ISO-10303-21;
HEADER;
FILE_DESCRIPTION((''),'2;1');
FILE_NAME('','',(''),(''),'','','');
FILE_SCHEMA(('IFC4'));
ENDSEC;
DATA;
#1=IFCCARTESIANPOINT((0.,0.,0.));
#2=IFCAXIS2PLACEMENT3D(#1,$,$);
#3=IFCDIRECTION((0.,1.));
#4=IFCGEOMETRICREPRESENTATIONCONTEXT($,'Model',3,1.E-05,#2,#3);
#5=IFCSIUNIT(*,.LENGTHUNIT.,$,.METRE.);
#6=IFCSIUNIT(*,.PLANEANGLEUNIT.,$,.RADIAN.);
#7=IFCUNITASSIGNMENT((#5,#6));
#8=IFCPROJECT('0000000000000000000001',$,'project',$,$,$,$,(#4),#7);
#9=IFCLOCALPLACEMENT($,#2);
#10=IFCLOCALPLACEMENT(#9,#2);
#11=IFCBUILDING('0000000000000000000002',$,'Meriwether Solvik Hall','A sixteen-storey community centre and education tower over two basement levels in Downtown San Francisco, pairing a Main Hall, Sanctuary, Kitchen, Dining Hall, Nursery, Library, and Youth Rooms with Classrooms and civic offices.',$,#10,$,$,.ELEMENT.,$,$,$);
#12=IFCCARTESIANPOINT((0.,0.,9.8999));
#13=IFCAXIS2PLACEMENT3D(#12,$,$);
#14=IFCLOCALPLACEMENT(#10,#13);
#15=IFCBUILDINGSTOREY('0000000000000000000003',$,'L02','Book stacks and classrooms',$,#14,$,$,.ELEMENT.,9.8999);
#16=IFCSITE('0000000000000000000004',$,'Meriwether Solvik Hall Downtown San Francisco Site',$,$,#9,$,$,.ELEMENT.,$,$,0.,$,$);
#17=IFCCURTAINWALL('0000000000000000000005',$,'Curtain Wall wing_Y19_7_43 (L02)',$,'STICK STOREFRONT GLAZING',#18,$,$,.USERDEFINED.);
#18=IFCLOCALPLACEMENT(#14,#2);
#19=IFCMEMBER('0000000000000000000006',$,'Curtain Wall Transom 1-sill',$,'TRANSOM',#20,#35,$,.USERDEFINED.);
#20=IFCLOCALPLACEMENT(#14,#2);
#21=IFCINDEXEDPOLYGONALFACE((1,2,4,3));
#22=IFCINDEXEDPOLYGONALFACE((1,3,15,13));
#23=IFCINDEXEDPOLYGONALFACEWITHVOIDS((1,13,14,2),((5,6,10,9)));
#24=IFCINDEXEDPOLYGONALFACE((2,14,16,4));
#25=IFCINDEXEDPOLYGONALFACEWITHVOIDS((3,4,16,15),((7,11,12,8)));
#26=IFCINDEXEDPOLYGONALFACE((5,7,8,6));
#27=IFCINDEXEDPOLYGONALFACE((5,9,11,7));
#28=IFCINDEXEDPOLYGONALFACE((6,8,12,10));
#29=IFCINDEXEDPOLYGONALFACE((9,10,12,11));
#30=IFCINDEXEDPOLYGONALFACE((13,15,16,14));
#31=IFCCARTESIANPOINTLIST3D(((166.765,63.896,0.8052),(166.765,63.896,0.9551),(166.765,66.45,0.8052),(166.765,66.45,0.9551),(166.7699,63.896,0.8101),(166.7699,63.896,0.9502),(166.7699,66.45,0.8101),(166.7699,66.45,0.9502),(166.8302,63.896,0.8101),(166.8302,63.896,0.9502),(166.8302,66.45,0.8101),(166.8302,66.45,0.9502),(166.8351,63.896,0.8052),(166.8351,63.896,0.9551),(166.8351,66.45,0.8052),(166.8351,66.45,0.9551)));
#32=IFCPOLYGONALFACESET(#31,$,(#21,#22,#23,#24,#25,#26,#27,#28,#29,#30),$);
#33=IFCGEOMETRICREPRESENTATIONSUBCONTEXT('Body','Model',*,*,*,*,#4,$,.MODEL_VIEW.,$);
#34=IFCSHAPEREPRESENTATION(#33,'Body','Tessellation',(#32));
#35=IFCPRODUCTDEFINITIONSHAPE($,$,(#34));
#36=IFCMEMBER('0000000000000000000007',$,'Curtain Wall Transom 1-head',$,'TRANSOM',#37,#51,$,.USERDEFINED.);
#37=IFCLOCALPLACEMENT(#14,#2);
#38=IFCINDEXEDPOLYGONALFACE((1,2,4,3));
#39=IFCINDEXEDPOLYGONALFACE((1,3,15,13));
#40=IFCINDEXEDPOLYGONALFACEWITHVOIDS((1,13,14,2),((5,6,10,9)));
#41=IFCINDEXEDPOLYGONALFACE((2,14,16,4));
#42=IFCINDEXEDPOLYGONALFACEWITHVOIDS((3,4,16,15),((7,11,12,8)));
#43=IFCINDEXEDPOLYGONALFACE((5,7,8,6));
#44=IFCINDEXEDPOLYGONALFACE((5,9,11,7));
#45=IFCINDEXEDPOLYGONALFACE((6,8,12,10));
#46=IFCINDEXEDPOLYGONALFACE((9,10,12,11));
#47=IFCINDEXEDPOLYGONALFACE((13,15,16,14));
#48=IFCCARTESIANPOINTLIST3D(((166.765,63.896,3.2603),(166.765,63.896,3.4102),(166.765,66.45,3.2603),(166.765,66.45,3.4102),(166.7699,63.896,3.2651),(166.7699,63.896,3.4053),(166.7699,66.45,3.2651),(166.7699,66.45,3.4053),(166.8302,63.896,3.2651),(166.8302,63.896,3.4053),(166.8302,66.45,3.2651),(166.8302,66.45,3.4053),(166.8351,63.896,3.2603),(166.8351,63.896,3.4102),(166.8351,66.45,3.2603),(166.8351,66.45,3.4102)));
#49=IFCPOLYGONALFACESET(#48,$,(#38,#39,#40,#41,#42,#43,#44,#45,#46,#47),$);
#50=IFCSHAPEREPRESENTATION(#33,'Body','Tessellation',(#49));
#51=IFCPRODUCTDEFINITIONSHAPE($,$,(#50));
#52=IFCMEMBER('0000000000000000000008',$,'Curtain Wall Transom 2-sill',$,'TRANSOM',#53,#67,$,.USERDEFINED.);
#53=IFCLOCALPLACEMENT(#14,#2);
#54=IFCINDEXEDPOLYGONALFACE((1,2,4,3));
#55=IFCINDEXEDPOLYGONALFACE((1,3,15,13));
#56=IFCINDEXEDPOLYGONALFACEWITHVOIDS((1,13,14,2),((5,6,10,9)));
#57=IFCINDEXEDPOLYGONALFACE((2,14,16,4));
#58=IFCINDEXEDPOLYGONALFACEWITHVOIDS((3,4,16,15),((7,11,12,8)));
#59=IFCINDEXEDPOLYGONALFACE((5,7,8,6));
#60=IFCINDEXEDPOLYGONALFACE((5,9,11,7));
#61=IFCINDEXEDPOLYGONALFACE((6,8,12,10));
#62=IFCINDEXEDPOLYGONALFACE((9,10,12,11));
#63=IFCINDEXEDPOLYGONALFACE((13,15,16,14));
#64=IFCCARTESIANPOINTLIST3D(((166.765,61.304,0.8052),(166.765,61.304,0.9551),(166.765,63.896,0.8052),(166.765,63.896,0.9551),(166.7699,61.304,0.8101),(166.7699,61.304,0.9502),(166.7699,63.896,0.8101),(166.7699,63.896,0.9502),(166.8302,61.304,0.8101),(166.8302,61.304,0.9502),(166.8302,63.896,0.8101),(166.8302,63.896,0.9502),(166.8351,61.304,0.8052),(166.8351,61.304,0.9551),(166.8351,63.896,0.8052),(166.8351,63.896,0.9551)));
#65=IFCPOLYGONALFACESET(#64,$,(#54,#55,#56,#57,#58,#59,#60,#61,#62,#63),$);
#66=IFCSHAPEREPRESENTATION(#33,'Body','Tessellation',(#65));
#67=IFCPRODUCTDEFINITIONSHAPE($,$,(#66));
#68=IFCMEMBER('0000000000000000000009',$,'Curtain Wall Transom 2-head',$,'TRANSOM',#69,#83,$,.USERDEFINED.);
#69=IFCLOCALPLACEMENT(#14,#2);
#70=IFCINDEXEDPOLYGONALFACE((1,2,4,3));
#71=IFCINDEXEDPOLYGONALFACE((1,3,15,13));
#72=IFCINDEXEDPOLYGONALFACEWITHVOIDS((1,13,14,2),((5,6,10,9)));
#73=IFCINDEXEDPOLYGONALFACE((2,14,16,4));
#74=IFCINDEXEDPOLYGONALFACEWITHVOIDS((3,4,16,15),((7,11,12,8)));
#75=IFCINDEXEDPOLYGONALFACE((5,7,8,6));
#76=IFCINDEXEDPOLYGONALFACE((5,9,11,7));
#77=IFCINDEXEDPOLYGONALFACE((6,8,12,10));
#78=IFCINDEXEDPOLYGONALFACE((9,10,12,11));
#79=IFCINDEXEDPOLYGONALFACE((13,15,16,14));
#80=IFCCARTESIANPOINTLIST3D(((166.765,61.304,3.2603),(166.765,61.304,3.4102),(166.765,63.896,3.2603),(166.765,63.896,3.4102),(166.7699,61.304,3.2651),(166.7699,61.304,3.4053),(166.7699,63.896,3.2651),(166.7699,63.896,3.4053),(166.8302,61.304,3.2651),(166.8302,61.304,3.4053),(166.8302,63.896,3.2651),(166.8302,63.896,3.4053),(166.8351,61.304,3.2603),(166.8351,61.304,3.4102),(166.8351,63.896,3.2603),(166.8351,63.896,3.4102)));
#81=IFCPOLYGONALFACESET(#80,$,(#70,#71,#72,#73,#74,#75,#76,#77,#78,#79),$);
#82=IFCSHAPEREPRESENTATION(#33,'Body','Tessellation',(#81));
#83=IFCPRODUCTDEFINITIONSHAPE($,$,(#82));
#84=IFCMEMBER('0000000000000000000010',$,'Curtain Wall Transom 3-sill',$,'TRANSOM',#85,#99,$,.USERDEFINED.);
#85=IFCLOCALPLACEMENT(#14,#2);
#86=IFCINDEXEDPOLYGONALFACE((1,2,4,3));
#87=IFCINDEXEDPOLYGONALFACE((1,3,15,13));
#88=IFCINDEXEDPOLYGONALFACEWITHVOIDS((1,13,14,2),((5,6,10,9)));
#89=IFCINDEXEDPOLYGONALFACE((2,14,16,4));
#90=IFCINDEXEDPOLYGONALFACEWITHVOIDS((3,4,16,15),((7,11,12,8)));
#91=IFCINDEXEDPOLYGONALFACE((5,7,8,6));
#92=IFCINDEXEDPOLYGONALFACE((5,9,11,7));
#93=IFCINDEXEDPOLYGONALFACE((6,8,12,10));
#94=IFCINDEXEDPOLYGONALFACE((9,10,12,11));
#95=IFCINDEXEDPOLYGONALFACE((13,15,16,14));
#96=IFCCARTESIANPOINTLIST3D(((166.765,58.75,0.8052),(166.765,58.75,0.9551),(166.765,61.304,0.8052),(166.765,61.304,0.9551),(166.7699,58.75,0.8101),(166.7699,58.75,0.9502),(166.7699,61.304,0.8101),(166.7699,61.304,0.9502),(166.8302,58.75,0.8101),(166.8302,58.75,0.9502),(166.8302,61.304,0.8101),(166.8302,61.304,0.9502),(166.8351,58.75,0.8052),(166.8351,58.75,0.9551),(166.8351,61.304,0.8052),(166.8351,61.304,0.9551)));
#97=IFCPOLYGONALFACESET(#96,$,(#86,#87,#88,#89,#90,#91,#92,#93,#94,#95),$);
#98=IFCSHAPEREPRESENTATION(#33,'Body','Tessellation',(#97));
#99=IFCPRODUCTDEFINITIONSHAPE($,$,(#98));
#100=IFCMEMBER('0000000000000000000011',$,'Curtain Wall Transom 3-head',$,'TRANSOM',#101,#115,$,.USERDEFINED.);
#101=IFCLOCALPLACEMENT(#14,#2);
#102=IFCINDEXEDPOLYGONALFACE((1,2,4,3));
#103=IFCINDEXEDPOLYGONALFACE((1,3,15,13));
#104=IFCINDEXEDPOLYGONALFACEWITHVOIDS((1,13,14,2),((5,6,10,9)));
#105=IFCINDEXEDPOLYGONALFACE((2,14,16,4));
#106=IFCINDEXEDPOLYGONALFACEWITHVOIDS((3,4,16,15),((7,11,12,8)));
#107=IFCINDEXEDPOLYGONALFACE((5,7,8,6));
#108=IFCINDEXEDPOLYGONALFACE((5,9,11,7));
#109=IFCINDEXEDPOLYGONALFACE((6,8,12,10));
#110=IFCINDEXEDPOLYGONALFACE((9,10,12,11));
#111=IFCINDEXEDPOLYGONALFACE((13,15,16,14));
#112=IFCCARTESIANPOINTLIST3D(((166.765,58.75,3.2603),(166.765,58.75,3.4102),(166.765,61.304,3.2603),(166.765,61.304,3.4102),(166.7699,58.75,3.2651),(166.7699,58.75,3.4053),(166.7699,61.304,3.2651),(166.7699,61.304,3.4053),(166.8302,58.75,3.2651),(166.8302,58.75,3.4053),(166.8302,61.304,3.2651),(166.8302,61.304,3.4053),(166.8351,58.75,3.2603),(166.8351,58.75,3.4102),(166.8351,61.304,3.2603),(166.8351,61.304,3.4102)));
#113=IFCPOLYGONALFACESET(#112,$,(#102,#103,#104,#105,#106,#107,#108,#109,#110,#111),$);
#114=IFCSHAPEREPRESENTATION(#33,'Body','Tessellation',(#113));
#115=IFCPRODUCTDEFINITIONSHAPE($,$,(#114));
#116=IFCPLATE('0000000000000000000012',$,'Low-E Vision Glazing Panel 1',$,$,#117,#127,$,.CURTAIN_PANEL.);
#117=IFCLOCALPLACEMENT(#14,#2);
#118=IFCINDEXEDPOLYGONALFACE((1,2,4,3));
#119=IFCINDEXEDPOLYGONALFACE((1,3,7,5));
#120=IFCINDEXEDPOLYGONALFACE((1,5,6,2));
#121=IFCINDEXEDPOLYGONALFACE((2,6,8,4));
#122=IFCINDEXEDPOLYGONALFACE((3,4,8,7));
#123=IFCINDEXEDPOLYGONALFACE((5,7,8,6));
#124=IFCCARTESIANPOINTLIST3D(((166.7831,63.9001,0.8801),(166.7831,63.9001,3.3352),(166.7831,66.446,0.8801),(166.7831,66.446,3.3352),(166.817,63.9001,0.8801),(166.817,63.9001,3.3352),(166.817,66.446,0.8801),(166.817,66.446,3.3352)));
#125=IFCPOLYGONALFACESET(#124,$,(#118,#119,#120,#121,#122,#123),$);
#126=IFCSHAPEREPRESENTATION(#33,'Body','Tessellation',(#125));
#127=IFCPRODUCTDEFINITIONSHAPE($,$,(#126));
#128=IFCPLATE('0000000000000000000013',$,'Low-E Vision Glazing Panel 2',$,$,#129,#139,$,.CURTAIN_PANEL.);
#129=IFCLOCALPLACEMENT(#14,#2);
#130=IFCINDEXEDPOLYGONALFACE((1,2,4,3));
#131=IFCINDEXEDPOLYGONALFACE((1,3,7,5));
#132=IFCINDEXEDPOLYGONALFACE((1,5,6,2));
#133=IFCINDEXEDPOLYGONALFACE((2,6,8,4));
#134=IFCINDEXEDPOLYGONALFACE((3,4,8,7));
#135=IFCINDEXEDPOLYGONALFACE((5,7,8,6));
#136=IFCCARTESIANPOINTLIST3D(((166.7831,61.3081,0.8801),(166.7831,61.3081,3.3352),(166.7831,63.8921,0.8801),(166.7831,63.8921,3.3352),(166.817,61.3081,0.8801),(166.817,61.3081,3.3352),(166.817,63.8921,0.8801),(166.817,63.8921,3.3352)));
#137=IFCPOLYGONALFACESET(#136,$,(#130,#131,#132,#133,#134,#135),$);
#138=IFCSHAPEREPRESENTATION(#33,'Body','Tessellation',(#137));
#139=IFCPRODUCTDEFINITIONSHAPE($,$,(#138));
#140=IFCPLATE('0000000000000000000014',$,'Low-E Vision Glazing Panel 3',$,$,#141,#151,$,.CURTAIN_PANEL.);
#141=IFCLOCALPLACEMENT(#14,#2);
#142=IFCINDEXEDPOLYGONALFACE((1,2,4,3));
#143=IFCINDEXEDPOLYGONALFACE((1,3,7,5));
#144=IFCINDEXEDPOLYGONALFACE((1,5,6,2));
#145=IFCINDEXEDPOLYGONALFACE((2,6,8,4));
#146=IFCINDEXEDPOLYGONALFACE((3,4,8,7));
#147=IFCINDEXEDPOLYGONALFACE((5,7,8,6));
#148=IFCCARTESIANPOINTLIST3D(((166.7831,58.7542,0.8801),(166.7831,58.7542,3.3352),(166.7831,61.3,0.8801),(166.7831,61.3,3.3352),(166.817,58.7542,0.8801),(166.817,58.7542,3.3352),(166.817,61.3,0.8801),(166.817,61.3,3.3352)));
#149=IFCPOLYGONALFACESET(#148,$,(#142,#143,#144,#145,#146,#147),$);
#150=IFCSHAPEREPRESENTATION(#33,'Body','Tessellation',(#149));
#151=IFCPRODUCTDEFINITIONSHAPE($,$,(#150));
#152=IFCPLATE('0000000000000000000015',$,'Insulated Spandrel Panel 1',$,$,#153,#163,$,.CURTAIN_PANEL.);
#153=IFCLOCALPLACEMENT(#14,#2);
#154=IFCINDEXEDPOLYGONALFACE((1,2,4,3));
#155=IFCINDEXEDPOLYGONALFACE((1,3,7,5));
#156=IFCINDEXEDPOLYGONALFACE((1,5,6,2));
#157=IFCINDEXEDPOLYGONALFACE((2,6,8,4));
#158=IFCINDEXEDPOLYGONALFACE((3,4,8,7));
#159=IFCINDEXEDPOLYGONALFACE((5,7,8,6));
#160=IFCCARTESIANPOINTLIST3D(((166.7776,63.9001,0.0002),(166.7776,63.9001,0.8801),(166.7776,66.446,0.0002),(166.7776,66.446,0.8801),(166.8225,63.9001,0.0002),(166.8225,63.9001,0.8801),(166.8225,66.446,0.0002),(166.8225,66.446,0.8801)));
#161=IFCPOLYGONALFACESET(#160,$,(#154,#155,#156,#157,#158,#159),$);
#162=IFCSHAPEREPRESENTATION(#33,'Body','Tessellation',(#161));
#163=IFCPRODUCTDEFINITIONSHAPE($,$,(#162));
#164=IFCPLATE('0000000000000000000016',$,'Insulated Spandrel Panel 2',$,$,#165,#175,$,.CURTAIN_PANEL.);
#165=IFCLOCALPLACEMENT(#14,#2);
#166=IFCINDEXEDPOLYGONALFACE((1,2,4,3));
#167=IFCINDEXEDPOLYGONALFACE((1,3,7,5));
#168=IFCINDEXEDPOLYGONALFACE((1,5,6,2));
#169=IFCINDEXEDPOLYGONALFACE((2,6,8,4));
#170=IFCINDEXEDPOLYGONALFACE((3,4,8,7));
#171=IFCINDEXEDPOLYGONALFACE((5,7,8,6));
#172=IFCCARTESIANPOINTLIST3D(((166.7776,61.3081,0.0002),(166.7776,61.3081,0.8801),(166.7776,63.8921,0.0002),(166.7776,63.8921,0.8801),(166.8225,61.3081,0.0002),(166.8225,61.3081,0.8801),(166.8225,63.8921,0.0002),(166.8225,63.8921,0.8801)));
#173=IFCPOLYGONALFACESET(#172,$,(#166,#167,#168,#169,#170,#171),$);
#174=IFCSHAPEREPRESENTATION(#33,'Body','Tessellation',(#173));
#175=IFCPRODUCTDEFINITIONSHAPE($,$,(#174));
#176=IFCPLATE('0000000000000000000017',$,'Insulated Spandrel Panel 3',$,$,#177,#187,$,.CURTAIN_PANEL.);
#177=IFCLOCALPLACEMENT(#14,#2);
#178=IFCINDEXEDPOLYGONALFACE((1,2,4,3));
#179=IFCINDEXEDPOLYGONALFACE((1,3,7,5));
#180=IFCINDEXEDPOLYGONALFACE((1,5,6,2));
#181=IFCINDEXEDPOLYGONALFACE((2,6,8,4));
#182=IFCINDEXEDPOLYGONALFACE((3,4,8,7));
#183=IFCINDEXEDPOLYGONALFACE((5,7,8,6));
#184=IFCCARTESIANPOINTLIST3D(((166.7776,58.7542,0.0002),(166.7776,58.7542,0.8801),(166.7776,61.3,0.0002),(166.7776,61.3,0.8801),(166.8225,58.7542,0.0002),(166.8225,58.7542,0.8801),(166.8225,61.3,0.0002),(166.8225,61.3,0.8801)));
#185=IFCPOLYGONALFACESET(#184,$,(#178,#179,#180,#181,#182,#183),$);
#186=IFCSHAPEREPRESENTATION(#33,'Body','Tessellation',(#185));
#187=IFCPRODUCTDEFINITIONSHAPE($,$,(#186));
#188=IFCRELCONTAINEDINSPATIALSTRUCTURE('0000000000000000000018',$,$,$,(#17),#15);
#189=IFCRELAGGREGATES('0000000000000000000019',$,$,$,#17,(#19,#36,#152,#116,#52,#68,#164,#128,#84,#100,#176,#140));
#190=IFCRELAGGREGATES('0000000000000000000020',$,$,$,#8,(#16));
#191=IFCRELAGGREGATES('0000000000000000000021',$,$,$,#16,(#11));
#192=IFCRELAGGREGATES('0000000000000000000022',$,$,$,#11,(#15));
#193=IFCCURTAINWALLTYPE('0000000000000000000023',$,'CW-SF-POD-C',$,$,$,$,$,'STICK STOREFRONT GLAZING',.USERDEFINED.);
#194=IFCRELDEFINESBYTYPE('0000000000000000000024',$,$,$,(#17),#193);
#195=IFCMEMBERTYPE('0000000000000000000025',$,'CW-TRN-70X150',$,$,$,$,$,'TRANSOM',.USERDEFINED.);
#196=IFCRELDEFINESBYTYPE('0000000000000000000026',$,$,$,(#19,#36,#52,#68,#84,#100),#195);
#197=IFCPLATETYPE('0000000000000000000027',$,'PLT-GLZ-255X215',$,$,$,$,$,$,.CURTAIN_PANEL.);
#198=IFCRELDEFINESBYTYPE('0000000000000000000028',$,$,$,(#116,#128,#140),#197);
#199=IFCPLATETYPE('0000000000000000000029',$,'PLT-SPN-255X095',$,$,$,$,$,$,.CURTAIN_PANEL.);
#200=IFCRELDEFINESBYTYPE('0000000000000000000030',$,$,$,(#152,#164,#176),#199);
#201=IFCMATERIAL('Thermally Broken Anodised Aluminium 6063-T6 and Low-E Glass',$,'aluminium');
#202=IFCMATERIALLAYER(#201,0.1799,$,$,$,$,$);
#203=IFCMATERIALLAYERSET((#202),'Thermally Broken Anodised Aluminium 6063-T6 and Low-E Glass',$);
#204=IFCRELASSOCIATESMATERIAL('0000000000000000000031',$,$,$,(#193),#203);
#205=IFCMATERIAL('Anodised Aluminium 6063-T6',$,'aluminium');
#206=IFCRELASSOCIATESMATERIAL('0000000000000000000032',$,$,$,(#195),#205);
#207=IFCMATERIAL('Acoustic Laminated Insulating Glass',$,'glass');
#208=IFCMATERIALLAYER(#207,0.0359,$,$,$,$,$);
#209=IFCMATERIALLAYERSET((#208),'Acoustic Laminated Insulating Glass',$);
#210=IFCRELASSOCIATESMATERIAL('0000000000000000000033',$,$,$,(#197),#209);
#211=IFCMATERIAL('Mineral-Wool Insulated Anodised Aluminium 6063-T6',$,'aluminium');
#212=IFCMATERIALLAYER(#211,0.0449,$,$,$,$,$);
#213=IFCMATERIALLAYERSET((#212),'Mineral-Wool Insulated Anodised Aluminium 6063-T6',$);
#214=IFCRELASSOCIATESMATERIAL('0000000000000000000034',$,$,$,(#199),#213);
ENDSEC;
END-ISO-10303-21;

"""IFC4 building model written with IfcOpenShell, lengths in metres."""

from ifc_helpers import new_model, si_unit, direction, frame, origin, origin_2d, place, context, subcontext, project, spatial, rectangle, hollow_rectangle, extrude, material, layer, layer_set, material_profile, profile_set, type_object, element, aggregate, save


model = new_model("IFC4")

# Units and contexts
model_context = context("Model", 3, precision=1e-05, world=origin(), true_north=direction((0.0, 1.0)))
body_context = subcontext(model_context, "Body", "Model", "MODEL_VIEW")
ifc_project = project(units=[si_unit("LENGTHUNIT", "METRE"), si_unit("PLANEANGLEUNIT", "RADIAN")], contexts=[model_context])

# Site, building, storey
site_placement = place(None, origin())
site = spatial("IfcSite", under=ifc_project, at=site_placement, Name="Meriwether Solvik Hall Downtown San Francisco Site", CompositionType="ELEMENT", RefElevation=0.0)
building_placement = place(site_placement, origin())
building = spatial("IfcBuilding", under=site, at=building_placement, Name="Meriwether Solvik Hall", Description="A sixteen-storey community centre and education tower over two basement levels in Downtown San Francisco, pairing a Main Hall, Sanctuary, Kitchen, Dining Hall, Nursery, Library, and Youth Rooms with Classrooms and civic offices.", CompositionType="ELEMENT")
storey_placement = place(building_placement, frame((0.0, 0.0, 9.8999)))
storey = spatial("IfcBuildingStorey", under=building, at=storey_placement, Name="L02", Description="Book stacks and classrooms", CompositionType="ELEMENT", Elevation=9.8999)

# Curtain wall, members, plates
ifc_material_1 = material(Name="Thermally Broken Anodised Aluminium 6063-T6 and Low-E Glass", Category="aluminium")
ifc_layer_1 = layer(ifc_material_1, 0.1799)
ifc_layer_set_1 = layer_set([ifc_layer_1], Name="Thermally Broken Anodised Aluminium 6063-T6 and Low-E Glass")
curtain_wall_type = type_object("IfcCurtainWallType", Name="CW-SF-POD-C", ElementType="STICK STOREFRONT GLAZING", PredefinedType="USERDEFINED", material=ifc_layer_set_1)
curtain_wall_placement = place(storey_placement, origin())
curtain_wall = element("IfcCurtainWall", 1, at=curtain_wall_placement, inside=storey, type_object=curtain_wall_type, Name="Curtain Wall wing_Y19_7_43 (L02)", ObjectType="STICK STOREFRONT GLAZING", PredefinedType="USERDEFINED")
ifc_material_2 = material(Name="Anodised Aluminium 6063-T6", Category="aluminium")
ifc_material_profile_1 = material_profile(ifc_material_2, hollow_rectangle(XDim=0.0701, YDim=0.1499, WallThickness=0.0049, at=origin_2d()), Name="CWT-70X150")
ifc_profile_set_1 = profile_set([ifc_material_profile_1], Name="Anodised Aluminium 6063-T6")
member_type_1 = type_object("IfcMemberType", Name="CW-TRN-70X150", ElementType="TRANSOM", PredefinedType="USERDEFINED", material=ifc_profile_set_1)
member_1_placement = place(storey_placement, frame((166.8, 66.45, 0.8801), z_axis=(0.0, -1.0, 0.0), x_axis=(1.0, 0.0, 0.0)))
member_1 = element("IfcMember", 2, at=member_1_placement, type_object=member_type_1, Name="Curtain Wall Transom 1-sill", ObjectType="TRANSOM", PredefinedType="USERDEFINED", context=body_context, shape_type="SweptSolid", body=[
    extrude(hollow_rectangle(XDim=0.0701, YDim=0.1499, WallThickness=0.0049, at=origin_2d()), origin(), (0.0, 0.0, 1.0), 2.554),
])
member_2_placement = place(storey_placement, frame((166.8, 66.45, 3.3352), z_axis=(0.0, -1.0, 0.0), x_axis=(1.0, 0.0, 0.0)))
member_2 = element("IfcMember", 3, at=member_2_placement, type_object=member_type_1, Name="Curtain Wall Transom 1-head", ObjectType="TRANSOM", PredefinedType="USERDEFINED", context=body_context, shape_type="SweptSolid", body=[
    extrude(hollow_rectangle(XDim=0.0701, YDim=0.1499, WallThickness=0.0049, at=origin_2d()), origin(), (0.0, 0.0, 1.0), 2.554),
])
member_3_placement = place(storey_placement, frame((166.8, 63.896, 0.8801), z_axis=(0.0, -1.0, 0.0), x_axis=(1.0, 0.0, 0.0)))
member_3 = element("IfcMember", 4, at=member_3_placement, type_object=member_type_1, Name="Curtain Wall Transom 2-sill", ObjectType="TRANSOM", PredefinedType="USERDEFINED", context=body_context, shape_type="SweptSolid", body=[
    extrude(hollow_rectangle(XDim=0.0701, YDim=0.1499, WallThickness=0.0049, at=origin_2d()), origin(), (0.0, 0.0, 1.0), 2.592),
])
member_4_placement = place(storey_placement, frame((166.8, 63.896, 3.3352), z_axis=(0.0, -1.0, 0.0), x_axis=(1.0, 0.0, 0.0)))
member_4 = element("IfcMember", 5, at=member_4_placement, type_object=member_type_1, Name="Curtain Wall Transom 2-head", ObjectType="TRANSOM", PredefinedType="USERDEFINED", context=body_context, shape_type="SweptSolid", body=[
    extrude(hollow_rectangle(XDim=0.0701, YDim=0.1499, WallThickness=0.0049, at=origin_2d()), origin(), (0.0, 0.0, 1.0), 2.592),
])
member_5_placement = place(storey_placement, frame((166.8, 61.304, 0.8801), z_axis=(0.0, -1.0, 0.0), x_axis=(1.0, 0.0, 0.0)))
member_5 = element("IfcMember", 6, at=member_5_placement, type_object=member_type_1, Name="Curtain Wall Transom 3-sill", ObjectType="TRANSOM", PredefinedType="USERDEFINED", context=body_context, shape_type="SweptSolid", body=[
    extrude(hollow_rectangle(XDim=0.0701, YDim=0.1499, WallThickness=0.0049, at=origin_2d()), origin(), (0.0, 0.0, 1.0), 2.554),
])
member_6_placement = place(storey_placement, frame((166.8, 61.304, 3.3352), z_axis=(0.0, -1.0, 0.0), x_axis=(1.0, 0.0, 0.0)))
member_6 = element("IfcMember", 7, at=member_6_placement, type_object=member_type_1, Name="Curtain Wall Transom 3-head", ObjectType="TRANSOM", PredefinedType="USERDEFINED", context=body_context, shape_type="SweptSolid", body=[
    extrude(hollow_rectangle(XDim=0.0701, YDim=0.1499, WallThickness=0.0049, at=origin_2d()), origin(), (0.0, 0.0, 1.0), 2.554),
])
ifc_material_3 = material(Name="Acoustic Laminated Insulating Glass", Category="glass")
ifc_layer_2 = layer(ifc_material_3, 0.0359)
ifc_layer_set_2 = layer_set([ifc_layer_2], Name="Acoustic Laminated Insulating Glass")
plate_type_1 = type_object("IfcPlateType", Name="PLT-GLZ-255X215", PredefinedType="CURTAIN_PANEL", material=ifc_layer_set_2)
plate_1_placement = place(storey_placement, frame((166.8, 65.1731, 0.8801), z_axis=(0.0, 0.0, 1.0), x_axis=(0.0, -1.0, 0.0)))
plate_1 = element("IfcPlate", 8, at=plate_1_placement, type_object=plate_type_1, Name="Low-E Vision Glazing Panel 1", PredefinedType="CURTAIN_PANEL", context=body_context, shape_type="SweptSolid", body=[
    extrude(rectangle(XDim=2.5459, YDim=0.0339, at=origin_2d()), origin(), (0.0, 0.0, 1.0), 2.4551),
])
plate_2_placement = place(storey_placement, frame((166.8, 62.6001, 0.8801), z_axis=(0.0, 0.0, 1.0), x_axis=(0.0, -1.0, 0.0)))
plate_2 = element("IfcPlate", 9, at=plate_2_placement, type_object=plate_type_1, Name="Low-E Vision Glazing Panel 2", PredefinedType="CURTAIN_PANEL", context=body_context, shape_type="SweptSolid", body=[
    extrude(rectangle(XDim=2.584, YDim=0.0339, at=origin_2d()), origin(), (0.0, 0.0, 1.0), 2.4551),
])
plate_3_placement = place(storey_placement, frame((166.8, 60.0271, 0.8801), z_axis=(0.0, 0.0, 1.0), x_axis=(0.0, -1.0, 0.0)))
plate_3 = element("IfcPlate", 10, at=plate_3_placement, type_object=plate_type_1, Name="Low-E Vision Glazing Panel 3", PredefinedType="CURTAIN_PANEL", context=body_context, shape_type="SweptSolid", body=[
    extrude(rectangle(XDim=2.5459, YDim=0.0339, at=origin_2d()), origin(), (0.0, 0.0, 1.0), 2.4551),
])
ifc_material_4 = material(Name="Mineral-Wool Insulated Anodised Aluminium 6063-T6", Category="aluminium")
ifc_layer_3 = layer(ifc_material_4, 0.0449)
ifc_layer_set_3 = layer_set([ifc_layer_3], Name="Mineral-Wool Insulated Anodised Aluminium 6063-T6")
plate_type_2 = type_object("IfcPlateType", Name="PLT-SPN-255X095", PredefinedType="CURTAIN_PANEL", material=ifc_layer_set_3)
plate_4_placement = place(storey_placement, frame((166.8, 65.1731, 0.0002), z_axis=(0.0, 0.0, 1.0), x_axis=(0.0, -1.0, 0.0)))
plate_4 = element("IfcPlate", 11, at=plate_4_placement, type_object=plate_type_2, Name="Insulated Spandrel Panel 1", PredefinedType="CURTAIN_PANEL", context=body_context, shape_type="SweptSolid", body=[
    extrude(rectangle(XDim=2.5459, YDim=0.0449, at=origin_2d()), origin(), (0.0, 0.0, 1.0), 0.8799),
])
plate_5_placement = place(storey_placement, frame((166.8, 62.6001, 0.0002), z_axis=(0.0, 0.0, 1.0), x_axis=(0.0, -1.0, 0.0)))
plate_5 = element("IfcPlate", 12, at=plate_5_placement, type_object=plate_type_2, Name="Insulated Spandrel Panel 2", PredefinedType="CURTAIN_PANEL", context=body_context, shape_type="SweptSolid", body=[
    extrude(rectangle(XDim=2.584, YDim=0.0449, at=origin_2d()), origin(), (0.0, 0.0, 1.0), 0.8799),
])
plate_6_placement = place(storey_placement, frame((166.8, 60.0271, 0.0002), z_axis=(0.0, 0.0, 1.0), x_axis=(0.0, -1.0, 0.0)))
plate_6 = element("IfcPlate", 13, at=plate_6_placement, type_object=plate_type_2, Name="Insulated Spandrel Panel 3", PredefinedType="CURTAIN_PANEL", context=body_context, shape_type="SweptSolid", body=[
    extrude(rectangle(XDim=2.5459, YDim=0.0449, at=origin_2d()), origin(), (0.0, 0.0, 1.0), 0.8799),
])
aggregate(curtain_wall, [member_1, member_2, plate_4, plate_1, member_3, member_4, plate_5, plate_2, member_5, member_6, plate_6, plate_3])

save(model, "model.ifc")
